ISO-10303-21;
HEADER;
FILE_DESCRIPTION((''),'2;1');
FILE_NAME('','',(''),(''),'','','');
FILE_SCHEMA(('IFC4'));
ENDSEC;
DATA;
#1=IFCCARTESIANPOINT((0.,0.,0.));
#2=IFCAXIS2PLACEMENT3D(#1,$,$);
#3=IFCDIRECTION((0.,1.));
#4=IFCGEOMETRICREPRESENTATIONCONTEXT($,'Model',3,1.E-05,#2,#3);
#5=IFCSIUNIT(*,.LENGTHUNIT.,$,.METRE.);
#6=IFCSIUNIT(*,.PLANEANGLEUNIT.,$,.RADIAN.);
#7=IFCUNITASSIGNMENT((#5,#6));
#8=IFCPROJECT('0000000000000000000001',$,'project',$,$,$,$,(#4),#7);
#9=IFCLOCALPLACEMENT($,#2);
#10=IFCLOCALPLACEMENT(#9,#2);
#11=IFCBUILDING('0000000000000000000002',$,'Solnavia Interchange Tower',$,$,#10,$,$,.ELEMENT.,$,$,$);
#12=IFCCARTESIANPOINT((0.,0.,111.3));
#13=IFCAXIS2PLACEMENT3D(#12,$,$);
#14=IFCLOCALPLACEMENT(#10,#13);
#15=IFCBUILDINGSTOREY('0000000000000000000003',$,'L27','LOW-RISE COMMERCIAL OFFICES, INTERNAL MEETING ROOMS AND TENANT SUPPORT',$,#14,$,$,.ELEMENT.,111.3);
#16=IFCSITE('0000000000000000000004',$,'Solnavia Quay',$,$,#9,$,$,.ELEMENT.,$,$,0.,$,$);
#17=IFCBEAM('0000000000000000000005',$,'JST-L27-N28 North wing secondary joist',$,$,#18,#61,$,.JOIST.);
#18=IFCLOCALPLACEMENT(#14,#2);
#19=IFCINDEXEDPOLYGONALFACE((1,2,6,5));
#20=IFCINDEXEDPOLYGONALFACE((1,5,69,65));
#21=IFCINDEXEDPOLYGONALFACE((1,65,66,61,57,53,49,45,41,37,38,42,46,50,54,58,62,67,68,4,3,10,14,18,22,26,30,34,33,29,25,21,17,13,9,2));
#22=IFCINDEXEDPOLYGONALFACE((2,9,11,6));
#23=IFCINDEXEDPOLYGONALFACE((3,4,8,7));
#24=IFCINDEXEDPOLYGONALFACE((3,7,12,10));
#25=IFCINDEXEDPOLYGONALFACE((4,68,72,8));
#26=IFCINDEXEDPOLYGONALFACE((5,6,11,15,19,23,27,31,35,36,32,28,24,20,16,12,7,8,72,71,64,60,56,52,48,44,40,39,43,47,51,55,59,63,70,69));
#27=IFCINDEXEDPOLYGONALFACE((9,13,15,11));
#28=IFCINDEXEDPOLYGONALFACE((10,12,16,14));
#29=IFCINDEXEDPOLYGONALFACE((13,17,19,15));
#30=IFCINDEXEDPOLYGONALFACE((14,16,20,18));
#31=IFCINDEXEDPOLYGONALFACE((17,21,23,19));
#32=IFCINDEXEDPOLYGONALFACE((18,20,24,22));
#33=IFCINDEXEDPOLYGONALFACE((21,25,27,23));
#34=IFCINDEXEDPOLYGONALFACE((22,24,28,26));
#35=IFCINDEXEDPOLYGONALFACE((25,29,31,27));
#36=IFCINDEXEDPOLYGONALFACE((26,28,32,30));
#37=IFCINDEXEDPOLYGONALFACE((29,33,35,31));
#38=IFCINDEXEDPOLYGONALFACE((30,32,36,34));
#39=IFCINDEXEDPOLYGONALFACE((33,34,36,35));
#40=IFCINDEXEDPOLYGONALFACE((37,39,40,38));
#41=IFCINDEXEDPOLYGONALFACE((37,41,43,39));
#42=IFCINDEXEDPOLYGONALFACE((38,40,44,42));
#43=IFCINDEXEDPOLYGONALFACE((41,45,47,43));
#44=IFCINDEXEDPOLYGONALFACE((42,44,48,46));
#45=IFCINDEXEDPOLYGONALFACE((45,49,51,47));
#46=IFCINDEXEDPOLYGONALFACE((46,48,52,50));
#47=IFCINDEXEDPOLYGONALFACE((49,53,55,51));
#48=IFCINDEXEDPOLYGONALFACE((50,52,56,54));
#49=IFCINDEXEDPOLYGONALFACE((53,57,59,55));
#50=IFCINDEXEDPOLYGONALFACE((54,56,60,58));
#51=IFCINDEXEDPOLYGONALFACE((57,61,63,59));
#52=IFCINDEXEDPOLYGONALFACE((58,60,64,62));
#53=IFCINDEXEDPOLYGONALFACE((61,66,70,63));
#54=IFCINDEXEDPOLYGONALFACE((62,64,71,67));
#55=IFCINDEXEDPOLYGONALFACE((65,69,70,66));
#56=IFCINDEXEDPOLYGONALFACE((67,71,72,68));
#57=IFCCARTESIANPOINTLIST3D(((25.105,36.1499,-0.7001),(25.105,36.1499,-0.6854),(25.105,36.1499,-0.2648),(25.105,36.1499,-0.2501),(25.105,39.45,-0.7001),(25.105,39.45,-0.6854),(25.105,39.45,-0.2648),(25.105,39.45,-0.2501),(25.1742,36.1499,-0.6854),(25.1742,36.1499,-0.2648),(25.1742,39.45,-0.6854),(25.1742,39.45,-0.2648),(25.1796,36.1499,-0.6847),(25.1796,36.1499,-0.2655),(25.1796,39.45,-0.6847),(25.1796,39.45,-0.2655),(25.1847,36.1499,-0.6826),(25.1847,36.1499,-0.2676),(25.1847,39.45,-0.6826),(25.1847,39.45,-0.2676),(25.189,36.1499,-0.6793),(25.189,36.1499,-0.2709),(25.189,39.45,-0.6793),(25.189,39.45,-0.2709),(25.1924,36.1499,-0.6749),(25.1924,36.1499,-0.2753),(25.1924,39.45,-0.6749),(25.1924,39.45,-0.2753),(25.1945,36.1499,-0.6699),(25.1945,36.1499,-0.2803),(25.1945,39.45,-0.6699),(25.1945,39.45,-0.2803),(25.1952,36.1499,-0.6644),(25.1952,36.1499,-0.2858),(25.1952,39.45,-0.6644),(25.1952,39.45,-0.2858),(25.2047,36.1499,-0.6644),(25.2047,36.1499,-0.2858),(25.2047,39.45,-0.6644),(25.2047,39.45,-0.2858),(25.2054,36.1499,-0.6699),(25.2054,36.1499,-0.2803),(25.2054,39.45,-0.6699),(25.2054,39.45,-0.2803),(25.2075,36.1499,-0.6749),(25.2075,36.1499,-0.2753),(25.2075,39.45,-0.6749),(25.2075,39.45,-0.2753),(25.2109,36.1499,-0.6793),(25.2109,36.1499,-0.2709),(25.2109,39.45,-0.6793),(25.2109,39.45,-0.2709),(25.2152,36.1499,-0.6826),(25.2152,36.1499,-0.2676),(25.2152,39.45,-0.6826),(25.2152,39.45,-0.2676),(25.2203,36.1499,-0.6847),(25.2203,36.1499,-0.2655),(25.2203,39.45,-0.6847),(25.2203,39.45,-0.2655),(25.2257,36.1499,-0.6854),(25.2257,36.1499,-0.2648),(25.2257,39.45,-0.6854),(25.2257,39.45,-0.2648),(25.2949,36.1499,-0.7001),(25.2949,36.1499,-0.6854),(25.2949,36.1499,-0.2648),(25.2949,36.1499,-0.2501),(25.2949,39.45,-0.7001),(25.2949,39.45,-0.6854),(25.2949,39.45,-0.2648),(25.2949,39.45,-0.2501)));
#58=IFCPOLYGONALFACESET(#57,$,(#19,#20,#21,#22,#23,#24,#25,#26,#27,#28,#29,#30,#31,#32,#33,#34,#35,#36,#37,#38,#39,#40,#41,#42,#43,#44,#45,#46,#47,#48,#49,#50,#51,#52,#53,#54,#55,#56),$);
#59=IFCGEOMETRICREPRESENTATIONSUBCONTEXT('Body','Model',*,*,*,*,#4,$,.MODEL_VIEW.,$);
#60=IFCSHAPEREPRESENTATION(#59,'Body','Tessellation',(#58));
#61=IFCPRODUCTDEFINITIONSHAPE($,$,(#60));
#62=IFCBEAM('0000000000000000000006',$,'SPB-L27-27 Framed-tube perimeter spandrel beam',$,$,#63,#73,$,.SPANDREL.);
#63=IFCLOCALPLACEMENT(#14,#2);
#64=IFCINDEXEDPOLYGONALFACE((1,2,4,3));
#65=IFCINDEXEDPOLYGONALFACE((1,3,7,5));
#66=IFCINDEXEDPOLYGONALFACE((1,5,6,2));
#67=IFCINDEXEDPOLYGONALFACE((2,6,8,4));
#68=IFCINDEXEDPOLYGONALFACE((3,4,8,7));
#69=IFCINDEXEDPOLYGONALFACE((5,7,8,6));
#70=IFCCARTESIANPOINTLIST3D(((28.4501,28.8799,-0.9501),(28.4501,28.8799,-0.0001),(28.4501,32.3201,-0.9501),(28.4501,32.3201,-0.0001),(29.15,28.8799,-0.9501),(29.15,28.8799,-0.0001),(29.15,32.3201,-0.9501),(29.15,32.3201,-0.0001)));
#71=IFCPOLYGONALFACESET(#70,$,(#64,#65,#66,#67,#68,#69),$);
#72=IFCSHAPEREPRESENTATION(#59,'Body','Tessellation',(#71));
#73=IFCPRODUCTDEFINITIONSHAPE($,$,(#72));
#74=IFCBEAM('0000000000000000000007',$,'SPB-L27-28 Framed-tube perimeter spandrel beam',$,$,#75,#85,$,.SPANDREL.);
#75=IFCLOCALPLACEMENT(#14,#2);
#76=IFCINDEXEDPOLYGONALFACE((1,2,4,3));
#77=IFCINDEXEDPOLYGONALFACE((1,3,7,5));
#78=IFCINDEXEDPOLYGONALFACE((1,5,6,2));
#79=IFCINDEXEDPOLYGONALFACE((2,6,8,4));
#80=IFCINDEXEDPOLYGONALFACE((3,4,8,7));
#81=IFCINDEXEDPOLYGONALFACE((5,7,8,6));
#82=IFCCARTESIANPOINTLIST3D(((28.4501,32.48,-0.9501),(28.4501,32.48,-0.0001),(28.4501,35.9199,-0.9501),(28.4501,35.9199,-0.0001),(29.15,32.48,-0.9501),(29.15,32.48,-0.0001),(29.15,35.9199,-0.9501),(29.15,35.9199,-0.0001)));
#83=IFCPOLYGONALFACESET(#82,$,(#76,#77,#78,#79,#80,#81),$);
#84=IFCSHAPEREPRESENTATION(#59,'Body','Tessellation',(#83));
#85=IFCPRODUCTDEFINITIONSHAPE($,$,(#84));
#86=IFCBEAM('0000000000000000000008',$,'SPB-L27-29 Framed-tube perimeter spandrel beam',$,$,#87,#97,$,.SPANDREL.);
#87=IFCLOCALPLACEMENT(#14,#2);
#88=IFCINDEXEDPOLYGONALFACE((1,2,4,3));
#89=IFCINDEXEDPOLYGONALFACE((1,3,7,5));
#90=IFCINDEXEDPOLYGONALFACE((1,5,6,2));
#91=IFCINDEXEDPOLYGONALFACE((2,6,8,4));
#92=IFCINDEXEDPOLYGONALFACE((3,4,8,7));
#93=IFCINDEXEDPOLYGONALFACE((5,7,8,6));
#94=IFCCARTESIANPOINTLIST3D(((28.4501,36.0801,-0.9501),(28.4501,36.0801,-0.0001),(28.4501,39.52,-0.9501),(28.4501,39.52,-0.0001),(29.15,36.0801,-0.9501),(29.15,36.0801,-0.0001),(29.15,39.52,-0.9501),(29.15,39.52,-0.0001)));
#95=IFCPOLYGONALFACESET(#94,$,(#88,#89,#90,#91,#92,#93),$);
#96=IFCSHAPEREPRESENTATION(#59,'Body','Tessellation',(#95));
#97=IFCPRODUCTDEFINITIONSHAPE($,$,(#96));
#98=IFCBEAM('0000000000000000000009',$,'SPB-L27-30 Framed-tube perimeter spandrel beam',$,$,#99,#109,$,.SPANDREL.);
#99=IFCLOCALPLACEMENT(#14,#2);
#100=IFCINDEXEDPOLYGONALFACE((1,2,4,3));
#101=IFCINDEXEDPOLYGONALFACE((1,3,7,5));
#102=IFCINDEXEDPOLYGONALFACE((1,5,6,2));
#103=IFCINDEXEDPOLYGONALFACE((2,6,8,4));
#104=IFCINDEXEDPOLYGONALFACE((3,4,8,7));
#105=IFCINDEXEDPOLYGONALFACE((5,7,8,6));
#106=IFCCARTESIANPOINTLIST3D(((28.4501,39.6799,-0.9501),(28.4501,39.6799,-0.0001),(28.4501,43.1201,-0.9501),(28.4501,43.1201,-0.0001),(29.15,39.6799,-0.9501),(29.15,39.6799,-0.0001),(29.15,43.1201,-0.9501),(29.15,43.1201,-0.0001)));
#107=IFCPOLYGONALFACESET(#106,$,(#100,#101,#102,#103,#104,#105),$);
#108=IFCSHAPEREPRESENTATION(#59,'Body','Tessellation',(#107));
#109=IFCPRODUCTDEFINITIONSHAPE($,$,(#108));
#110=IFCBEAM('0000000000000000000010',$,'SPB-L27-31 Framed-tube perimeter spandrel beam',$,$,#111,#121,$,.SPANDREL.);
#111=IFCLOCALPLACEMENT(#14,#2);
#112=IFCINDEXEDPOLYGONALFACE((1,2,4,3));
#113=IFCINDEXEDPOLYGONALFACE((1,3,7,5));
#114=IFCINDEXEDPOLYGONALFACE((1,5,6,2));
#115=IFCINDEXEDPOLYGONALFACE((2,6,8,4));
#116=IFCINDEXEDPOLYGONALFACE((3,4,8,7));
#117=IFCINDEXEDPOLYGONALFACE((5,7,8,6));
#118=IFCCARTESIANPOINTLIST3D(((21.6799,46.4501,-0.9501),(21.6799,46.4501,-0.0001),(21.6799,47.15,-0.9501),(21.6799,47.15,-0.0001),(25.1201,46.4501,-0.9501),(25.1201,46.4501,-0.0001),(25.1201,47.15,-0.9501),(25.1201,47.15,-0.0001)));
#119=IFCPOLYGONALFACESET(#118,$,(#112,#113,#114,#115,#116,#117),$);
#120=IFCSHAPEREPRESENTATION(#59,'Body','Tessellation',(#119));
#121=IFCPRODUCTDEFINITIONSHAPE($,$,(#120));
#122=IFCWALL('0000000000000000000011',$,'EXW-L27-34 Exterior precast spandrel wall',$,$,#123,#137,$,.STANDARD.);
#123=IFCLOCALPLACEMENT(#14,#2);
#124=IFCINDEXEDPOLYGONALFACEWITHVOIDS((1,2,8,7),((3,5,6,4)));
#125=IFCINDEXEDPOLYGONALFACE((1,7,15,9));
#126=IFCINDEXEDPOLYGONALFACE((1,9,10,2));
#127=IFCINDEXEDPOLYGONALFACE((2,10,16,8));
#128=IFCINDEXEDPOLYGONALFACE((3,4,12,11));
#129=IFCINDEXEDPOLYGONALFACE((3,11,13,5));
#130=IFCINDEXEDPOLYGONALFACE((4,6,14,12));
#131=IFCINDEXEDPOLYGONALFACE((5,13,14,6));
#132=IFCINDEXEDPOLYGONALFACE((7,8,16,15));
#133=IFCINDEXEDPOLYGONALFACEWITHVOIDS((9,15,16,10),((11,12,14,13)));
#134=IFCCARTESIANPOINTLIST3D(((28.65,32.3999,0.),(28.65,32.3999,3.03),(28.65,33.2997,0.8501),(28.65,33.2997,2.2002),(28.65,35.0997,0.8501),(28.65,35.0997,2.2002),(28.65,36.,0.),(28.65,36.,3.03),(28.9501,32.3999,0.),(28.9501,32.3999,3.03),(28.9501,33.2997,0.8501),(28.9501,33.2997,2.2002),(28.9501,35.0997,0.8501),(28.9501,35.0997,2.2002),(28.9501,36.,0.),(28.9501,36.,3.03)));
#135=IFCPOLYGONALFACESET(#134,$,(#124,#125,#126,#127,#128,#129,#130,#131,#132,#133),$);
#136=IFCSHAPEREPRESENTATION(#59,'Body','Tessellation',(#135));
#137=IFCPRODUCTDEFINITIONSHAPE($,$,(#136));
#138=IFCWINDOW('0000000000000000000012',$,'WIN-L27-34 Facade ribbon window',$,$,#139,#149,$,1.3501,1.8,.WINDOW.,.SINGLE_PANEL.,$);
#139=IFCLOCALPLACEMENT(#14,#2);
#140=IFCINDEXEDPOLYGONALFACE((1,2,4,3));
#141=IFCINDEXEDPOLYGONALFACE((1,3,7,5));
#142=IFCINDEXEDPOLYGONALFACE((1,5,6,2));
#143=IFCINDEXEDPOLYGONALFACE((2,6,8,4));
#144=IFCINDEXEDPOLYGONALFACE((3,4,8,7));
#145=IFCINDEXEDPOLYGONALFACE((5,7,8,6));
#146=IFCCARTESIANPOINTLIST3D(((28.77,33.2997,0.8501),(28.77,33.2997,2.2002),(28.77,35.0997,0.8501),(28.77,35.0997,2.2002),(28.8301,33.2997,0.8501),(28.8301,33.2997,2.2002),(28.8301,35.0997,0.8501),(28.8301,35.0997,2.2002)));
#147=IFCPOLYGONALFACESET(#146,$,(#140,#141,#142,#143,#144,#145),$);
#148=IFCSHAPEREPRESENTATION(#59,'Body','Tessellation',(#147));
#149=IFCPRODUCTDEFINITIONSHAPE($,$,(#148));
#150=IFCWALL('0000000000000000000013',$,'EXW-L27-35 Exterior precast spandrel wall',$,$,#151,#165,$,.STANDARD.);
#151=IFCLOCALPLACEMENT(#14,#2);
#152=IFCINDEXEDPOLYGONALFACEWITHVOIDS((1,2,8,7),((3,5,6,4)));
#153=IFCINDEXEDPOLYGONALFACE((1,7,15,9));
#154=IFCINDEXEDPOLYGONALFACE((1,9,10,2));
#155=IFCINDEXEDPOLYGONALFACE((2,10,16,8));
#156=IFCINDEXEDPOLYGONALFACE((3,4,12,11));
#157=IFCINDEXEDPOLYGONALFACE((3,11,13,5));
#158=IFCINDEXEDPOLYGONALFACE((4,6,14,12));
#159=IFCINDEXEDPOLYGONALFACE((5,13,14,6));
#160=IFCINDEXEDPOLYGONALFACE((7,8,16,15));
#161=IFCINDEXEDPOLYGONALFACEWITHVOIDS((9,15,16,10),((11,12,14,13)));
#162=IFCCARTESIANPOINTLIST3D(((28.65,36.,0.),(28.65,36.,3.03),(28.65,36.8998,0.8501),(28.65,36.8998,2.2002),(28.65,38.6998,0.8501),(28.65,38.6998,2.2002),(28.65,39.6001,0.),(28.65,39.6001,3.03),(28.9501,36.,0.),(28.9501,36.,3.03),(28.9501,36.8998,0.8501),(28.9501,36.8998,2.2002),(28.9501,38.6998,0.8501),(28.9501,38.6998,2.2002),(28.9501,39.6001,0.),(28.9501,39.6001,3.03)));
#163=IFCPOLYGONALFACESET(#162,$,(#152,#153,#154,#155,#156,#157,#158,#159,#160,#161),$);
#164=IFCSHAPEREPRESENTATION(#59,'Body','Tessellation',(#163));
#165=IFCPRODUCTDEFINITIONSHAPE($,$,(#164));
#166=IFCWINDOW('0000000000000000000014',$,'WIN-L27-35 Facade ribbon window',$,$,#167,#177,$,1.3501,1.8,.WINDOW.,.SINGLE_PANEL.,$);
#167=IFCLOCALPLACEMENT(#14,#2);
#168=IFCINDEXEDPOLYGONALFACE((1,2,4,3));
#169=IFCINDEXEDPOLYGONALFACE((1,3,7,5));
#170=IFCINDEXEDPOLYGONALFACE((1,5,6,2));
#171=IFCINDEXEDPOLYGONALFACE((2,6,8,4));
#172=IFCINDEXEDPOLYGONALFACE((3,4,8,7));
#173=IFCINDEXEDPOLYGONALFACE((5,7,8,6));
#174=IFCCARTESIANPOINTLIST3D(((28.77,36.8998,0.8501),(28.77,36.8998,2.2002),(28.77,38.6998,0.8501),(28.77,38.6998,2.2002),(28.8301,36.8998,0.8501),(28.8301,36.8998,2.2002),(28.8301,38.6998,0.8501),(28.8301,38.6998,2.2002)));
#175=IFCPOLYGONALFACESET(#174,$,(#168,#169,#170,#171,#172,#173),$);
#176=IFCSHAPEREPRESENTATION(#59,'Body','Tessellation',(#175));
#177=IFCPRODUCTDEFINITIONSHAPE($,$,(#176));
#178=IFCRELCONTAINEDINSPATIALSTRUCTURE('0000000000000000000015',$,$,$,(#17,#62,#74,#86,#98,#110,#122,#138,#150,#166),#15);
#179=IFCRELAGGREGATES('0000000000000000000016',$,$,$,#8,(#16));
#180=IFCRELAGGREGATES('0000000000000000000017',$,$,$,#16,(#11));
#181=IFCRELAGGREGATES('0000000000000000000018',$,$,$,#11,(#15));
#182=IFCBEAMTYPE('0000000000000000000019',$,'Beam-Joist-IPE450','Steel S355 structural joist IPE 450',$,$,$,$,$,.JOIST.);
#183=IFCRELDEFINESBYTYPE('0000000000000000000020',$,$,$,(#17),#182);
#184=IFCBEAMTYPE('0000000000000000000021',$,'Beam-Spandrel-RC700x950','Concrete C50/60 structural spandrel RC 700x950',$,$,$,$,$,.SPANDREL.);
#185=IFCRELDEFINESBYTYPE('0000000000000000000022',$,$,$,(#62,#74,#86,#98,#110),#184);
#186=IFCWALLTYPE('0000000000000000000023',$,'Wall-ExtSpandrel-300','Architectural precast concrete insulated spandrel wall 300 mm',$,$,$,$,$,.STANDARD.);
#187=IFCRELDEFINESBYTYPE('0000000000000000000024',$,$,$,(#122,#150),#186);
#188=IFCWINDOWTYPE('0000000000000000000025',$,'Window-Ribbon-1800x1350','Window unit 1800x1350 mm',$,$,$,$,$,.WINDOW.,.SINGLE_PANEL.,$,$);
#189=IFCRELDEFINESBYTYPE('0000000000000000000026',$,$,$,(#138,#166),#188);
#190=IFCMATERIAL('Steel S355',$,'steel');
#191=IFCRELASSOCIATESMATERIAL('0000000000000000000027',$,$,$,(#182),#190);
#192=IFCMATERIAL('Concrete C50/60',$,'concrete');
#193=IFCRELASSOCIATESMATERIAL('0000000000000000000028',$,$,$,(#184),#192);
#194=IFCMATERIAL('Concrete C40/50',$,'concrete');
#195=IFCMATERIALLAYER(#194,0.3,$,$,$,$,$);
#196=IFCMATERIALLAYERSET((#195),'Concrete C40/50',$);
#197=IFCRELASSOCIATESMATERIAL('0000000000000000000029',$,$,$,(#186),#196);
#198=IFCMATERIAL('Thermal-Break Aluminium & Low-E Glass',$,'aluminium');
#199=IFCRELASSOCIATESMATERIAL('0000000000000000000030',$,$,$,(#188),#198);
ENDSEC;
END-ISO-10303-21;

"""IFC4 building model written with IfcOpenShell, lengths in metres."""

from ifc_helpers import new_model, si_unit, direction, frame, frame_2d, origin, origin_2d, place, context, subcontext, project, spatial, rectangle, i_section, extrude, material, layer, layer_set, material_profile, profile_set, type_object, element, fill, save


model = new_model("IFC4")

# Units and contexts
model_context = context("Model", 3, precision=1e-05, world=origin(), true_north=direction((0.0, 1.0)))
body_context = subcontext(model_context, "Body", "Model", "MODEL_VIEW")
ifc_project = project(units=[si_unit("LENGTHUNIT", "METRE"), si_unit("PLANEANGLEUNIT", "RADIAN")], contexts=[model_context])

# Site, building, storey
site_placement = place(None, origin())
site = spatial("IfcSite", under=ifc_project, at=site_placement, Name="Solnavia Quay", CompositionType="ELEMENT", RefElevation=0.0)
building_placement = place(site_placement, origin())
building = spatial("IfcBuilding", under=site, at=building_placement, Name="Solnavia Interchange Tower", CompositionType="ELEMENT")
storey_placement = place(building_placement, frame((0.0, 0.0, 111.3)))
storey = spatial("IfcBuildingStorey", under=building, at=storey_placement, Name="L27", Description="LOW-RISE COMMERCIAL OFFICES, INTERNAL MEETING ROOMS AND TENANT SUPPORT", CompositionType="ELEMENT", Elevation=111.3)

# Shared definitions
ifc_material_1 = material(Name="Concrete C50/60", Category="concrete")

# Beams
ifc_material_2 = material(Name="Steel S355", Category="steel")
ifc_material_profile_1 = material_profile(ifc_material_2, i_section(OverallWidth=0.1899, OverallDepth=0.45, WebThickness=0.0095, FlangeThickness=0.0146, FilletRadius=0.021, at=origin_2d()), Name="IPE 450")
ifc_profile_set_1 = profile_set([ifc_material_profile_1], Name="Steel S355")
beam_type_1 = type_object("IfcBeamType", Name="Beam-Joist-IPE450", Description="Steel S355 structural joist IPE 450", PredefinedType="JOIST", material=ifc_profile_set_1)
beam_1_placement = place(storey_placement, frame((25.2, 36.1499, -0.4751), z_axis=(0.0, 1.0, 0.0), x_axis=(-1.0, 0.0, 0.0)))
element("IfcBeam", 1, at=beam_1_placement, inside=storey, type_object=beam_type_1, Name="JST-L27-N28 North wing secondary joist", PredefinedType="JOIST", context=body_context, shape_type="SweptSolid", body=[
    extrude(i_section(OverallWidth=0.1899, OverallDepth=0.45, WebThickness=0.0095, FlangeThickness=0.0146, FilletRadius=0.021, at=origin_2d()), origin(), (0.0, 0.0, 1.0), 3.3),
])
ifc_material_profile_2 = material_profile(ifc_material_1, rectangle(XDim=0.7, YDim=0.95, at=origin_2d()), Name="RC 700x950")
ifc_profile_set_2 = profile_set([ifc_material_profile_2], Name="Concrete C50/60")
beam_type_2 = type_object("IfcBeamType", Name="Beam-Spandrel-RC700x950", Description="Concrete C50/60 structural spandrel RC 700x950", PredefinedType="SPANDREL", material=ifc_profile_set_2)
beam_2_placement = place(storey_placement, frame((28.8, 28.8799, -0.4751), z_axis=(0.0, 1.0, 0.0), x_axis=(-1.0, 0.0, 0.0)))
element("IfcBeam", 2, at=beam_2_placement, inside=storey, type_object=beam_type_2, Name="SPB-L27-27 Framed-tube perimeter spandrel beam", PredefinedType="SPANDREL", context=body_context, shape_type="SweptSolid", body=[
    extrude(rectangle(XDim=0.7, YDim=0.95, at=origin_2d()), origin(), (0.0, 0.0, 1.0), 3.4402),
])
for number, where, z_axis, x_axis, name in (
    (3, (28.8, 32.48, -0.4751), (0.0, 1.0, 0.0), (-1.0, 0.0, 0.0), "SPB-L27-28 Framed-tube perimeter spandrel beam"),
    (4, (28.8, 36.0801, -0.4751), (0.0, 1.0, 0.0), (-1.0, 0.0, 0.0), "SPB-L27-29 Framed-tube perimeter spandrel beam"),
):
    element("IfcBeam", number, at=place(storey_placement, frame(where, z_axis=z_axis, x_axis=x_axis)), inside=storey, type_object=beam_type_2, Name=name, PredefinedType="SPANDREL", context=body_context, shape_type="SweptSolid", body=[
        extrude(rectangle(XDim=0.7, YDim=0.95, at=origin_2d()), origin(), (0.0, 0.0, 1.0), 3.4399),
    ])
for number, where, z_axis, x_axis, name in (
    (5, (28.8, 39.6799, -0.4751), (0.0, 1.0, 0.0), (-1.0, 0.0, 0.0), "SPB-L27-30 Framed-tube perimeter spandrel beam"),
    (6, (25.1201, 46.8, -0.4751), (-1.0, 0.0, 0.0), (0.0, -1.0, 0.0), "SPB-L27-31 Framed-tube perimeter spandrel beam"),
):
    element("IfcBeam", number, at=place(storey_placement, frame(where, z_axis=z_axis, x_axis=x_axis)), inside=storey, type_object=beam_type_2, Name=name, PredefinedType="SPANDREL", context=body_context, shape_type="SweptSolid", body=[
        extrude(rectangle(XDim=0.7, YDim=0.95, at=origin_2d()), origin(), (0.0, 0.0, 1.0), 3.4402),
    ])

# Walls, openings, windows
ifc_material_3 = material(Name="Concrete C40/50", Category="concrete")
ifc_layer_1 = layer(ifc_material_3, 0.3)
ifc_layer_set_1 = layer_set([ifc_layer_1], Name="Concrete C40/50")
wall_type = type_object("IfcWallType", Name="Wall-ExtSpandrel-300", Description="Architectural precast concrete insulated spandrel wall 300 mm", PredefinedType="STANDARD", material=ifc_layer_set_1)
wall_1_placement = place(storey_placement, frame((28.8, 32.3999, 0.0), z_axis=(0.0, 0.0, 1.0), x_axis=(0.0, 1.0, 0.0)))
wall_1 = element("IfcWall", 7, at=wall_1_placement, inside=storey, type_object=wall_type, Name="EXW-L27-34 Exterior precast spandrel wall", PredefinedType="STANDARD", context=body_context, shape_type="SweptSolid", body=[
    extrude(rectangle(XDim=3.6001, YDim=0.3, at=frame_2d((1.8, 0.0))), origin(), (0.0, 0.0, 1.0), 3.03),
])
opening_1_placement = place(wall_1_placement, frame((0.8999, 0.0, 0.8501)))
opening_1 = element("IfcOpeningElement", 8, at=opening_1_placement, cuts=wall_1, PredefinedType="OPENING", context=body_context, shape_type="SweptSolid", body=[
    extrude(rectangle(XDim=1.8, YDim=1.3501, at=frame_2d((0.8999, 0.675))), frame((0.0, 0.1602, 0.0), z_axis=(0.0, -1.0, 0.0), x_axis=(1.0, 0.0, 0.0)), (0.0, 0.0, 1.0), 0.3201),
])
ifc_material_4 = material(Name="Thermal-Break Aluminium & Low-E Glass", Category="aluminium")
window_type = type_object("IfcWindowType", Name="Window-Ribbon-1800x1350", Description="Window unit 1800x1350 mm", PartitioningType="SINGLE_PANEL", PredefinedType="WINDOW", material=ifc_material_4)
window_1_placement = place(opening_1_placement, origin())
window_1 = element("IfcWindow", 9, at=window_1_placement, inside=storey, type_object=window_type, Name="WIN-L27-34 Facade ribbon window", OverallHeight=1.3501, OverallWidth=1.8, PartitioningType="SINGLE_PANEL", PredefinedType="WINDOW", context=body_context, shape_type="SweptSolid", body=[
    extrude(rectangle(XDim=1.8, YDim=1.3501, at=frame_2d((0.8999, 0.675))), frame((0.0, 0.03, 0.0), z_axis=(0.0, -1.0, 0.0), x_axis=(1.0, 0.0, 0.0)), (0.0, 0.0, 1.0), 0.0601),
])
fill(opening_1, window_1)
wall_2_placement = place(storey_placement, frame((28.8, 36.0, 0.0), z_axis=(0.0, 0.0, 1.0), x_axis=(0.0, 1.0, 0.0)))
wall_2 = element("IfcWall", 10, at=wall_2_placement, inside=storey, type_object=wall_type, Name="EXW-L27-35 Exterior precast spandrel wall", PredefinedType="STANDARD", context=body_context, shape_type="SweptSolid", body=[
    extrude(rectangle(XDim=3.6001, YDim=0.3, at=frame_2d((1.8, 0.0))), origin(), (0.0, 0.0, 1.0), 3.03),
])
opening_2_placement = place(wall_2_placement, frame((0.8999, 0.0, 0.8501)))
opening_2 = element("IfcOpeningElement", 11, at=opening_2_placement, cuts=wall_2, PredefinedType="OPENING", context=body_context, shape_type="SweptSolid", body=[
    extrude(rectangle(XDim=1.8, YDim=1.3501, at=frame_2d((0.8999, 0.675))), frame((0.0, 0.1602, 0.0), z_axis=(0.0, -1.0, 0.0), x_axis=(1.0, 0.0, 0.0)), (0.0, 0.0, 1.0), 0.3201),
])
window_2_placement = place(opening_2_placement, origin())
window_2 = element("IfcWindow", 12, at=window_2_placement, inside=storey, type_object=window_type, Name="WIN-L27-35 Facade ribbon window", OverallHeight=1.3501, OverallWidth=1.8, PartitioningType="SINGLE_PANEL", PredefinedType="WINDOW", context=body_context, shape_type="SweptSolid", body=[
    extrude(rectangle(XDim=1.8, YDim=1.3501, at=frame_2d((0.8999, 0.675))), frame((0.0, 0.03, 0.0), z_axis=(0.0, -1.0, 0.0), x_axis=(1.0, 0.0, 0.0)), (0.0, 0.0, 1.0), 0.0601),
])
fill(opening_2, window_2)

save(model, "model.ifc")
